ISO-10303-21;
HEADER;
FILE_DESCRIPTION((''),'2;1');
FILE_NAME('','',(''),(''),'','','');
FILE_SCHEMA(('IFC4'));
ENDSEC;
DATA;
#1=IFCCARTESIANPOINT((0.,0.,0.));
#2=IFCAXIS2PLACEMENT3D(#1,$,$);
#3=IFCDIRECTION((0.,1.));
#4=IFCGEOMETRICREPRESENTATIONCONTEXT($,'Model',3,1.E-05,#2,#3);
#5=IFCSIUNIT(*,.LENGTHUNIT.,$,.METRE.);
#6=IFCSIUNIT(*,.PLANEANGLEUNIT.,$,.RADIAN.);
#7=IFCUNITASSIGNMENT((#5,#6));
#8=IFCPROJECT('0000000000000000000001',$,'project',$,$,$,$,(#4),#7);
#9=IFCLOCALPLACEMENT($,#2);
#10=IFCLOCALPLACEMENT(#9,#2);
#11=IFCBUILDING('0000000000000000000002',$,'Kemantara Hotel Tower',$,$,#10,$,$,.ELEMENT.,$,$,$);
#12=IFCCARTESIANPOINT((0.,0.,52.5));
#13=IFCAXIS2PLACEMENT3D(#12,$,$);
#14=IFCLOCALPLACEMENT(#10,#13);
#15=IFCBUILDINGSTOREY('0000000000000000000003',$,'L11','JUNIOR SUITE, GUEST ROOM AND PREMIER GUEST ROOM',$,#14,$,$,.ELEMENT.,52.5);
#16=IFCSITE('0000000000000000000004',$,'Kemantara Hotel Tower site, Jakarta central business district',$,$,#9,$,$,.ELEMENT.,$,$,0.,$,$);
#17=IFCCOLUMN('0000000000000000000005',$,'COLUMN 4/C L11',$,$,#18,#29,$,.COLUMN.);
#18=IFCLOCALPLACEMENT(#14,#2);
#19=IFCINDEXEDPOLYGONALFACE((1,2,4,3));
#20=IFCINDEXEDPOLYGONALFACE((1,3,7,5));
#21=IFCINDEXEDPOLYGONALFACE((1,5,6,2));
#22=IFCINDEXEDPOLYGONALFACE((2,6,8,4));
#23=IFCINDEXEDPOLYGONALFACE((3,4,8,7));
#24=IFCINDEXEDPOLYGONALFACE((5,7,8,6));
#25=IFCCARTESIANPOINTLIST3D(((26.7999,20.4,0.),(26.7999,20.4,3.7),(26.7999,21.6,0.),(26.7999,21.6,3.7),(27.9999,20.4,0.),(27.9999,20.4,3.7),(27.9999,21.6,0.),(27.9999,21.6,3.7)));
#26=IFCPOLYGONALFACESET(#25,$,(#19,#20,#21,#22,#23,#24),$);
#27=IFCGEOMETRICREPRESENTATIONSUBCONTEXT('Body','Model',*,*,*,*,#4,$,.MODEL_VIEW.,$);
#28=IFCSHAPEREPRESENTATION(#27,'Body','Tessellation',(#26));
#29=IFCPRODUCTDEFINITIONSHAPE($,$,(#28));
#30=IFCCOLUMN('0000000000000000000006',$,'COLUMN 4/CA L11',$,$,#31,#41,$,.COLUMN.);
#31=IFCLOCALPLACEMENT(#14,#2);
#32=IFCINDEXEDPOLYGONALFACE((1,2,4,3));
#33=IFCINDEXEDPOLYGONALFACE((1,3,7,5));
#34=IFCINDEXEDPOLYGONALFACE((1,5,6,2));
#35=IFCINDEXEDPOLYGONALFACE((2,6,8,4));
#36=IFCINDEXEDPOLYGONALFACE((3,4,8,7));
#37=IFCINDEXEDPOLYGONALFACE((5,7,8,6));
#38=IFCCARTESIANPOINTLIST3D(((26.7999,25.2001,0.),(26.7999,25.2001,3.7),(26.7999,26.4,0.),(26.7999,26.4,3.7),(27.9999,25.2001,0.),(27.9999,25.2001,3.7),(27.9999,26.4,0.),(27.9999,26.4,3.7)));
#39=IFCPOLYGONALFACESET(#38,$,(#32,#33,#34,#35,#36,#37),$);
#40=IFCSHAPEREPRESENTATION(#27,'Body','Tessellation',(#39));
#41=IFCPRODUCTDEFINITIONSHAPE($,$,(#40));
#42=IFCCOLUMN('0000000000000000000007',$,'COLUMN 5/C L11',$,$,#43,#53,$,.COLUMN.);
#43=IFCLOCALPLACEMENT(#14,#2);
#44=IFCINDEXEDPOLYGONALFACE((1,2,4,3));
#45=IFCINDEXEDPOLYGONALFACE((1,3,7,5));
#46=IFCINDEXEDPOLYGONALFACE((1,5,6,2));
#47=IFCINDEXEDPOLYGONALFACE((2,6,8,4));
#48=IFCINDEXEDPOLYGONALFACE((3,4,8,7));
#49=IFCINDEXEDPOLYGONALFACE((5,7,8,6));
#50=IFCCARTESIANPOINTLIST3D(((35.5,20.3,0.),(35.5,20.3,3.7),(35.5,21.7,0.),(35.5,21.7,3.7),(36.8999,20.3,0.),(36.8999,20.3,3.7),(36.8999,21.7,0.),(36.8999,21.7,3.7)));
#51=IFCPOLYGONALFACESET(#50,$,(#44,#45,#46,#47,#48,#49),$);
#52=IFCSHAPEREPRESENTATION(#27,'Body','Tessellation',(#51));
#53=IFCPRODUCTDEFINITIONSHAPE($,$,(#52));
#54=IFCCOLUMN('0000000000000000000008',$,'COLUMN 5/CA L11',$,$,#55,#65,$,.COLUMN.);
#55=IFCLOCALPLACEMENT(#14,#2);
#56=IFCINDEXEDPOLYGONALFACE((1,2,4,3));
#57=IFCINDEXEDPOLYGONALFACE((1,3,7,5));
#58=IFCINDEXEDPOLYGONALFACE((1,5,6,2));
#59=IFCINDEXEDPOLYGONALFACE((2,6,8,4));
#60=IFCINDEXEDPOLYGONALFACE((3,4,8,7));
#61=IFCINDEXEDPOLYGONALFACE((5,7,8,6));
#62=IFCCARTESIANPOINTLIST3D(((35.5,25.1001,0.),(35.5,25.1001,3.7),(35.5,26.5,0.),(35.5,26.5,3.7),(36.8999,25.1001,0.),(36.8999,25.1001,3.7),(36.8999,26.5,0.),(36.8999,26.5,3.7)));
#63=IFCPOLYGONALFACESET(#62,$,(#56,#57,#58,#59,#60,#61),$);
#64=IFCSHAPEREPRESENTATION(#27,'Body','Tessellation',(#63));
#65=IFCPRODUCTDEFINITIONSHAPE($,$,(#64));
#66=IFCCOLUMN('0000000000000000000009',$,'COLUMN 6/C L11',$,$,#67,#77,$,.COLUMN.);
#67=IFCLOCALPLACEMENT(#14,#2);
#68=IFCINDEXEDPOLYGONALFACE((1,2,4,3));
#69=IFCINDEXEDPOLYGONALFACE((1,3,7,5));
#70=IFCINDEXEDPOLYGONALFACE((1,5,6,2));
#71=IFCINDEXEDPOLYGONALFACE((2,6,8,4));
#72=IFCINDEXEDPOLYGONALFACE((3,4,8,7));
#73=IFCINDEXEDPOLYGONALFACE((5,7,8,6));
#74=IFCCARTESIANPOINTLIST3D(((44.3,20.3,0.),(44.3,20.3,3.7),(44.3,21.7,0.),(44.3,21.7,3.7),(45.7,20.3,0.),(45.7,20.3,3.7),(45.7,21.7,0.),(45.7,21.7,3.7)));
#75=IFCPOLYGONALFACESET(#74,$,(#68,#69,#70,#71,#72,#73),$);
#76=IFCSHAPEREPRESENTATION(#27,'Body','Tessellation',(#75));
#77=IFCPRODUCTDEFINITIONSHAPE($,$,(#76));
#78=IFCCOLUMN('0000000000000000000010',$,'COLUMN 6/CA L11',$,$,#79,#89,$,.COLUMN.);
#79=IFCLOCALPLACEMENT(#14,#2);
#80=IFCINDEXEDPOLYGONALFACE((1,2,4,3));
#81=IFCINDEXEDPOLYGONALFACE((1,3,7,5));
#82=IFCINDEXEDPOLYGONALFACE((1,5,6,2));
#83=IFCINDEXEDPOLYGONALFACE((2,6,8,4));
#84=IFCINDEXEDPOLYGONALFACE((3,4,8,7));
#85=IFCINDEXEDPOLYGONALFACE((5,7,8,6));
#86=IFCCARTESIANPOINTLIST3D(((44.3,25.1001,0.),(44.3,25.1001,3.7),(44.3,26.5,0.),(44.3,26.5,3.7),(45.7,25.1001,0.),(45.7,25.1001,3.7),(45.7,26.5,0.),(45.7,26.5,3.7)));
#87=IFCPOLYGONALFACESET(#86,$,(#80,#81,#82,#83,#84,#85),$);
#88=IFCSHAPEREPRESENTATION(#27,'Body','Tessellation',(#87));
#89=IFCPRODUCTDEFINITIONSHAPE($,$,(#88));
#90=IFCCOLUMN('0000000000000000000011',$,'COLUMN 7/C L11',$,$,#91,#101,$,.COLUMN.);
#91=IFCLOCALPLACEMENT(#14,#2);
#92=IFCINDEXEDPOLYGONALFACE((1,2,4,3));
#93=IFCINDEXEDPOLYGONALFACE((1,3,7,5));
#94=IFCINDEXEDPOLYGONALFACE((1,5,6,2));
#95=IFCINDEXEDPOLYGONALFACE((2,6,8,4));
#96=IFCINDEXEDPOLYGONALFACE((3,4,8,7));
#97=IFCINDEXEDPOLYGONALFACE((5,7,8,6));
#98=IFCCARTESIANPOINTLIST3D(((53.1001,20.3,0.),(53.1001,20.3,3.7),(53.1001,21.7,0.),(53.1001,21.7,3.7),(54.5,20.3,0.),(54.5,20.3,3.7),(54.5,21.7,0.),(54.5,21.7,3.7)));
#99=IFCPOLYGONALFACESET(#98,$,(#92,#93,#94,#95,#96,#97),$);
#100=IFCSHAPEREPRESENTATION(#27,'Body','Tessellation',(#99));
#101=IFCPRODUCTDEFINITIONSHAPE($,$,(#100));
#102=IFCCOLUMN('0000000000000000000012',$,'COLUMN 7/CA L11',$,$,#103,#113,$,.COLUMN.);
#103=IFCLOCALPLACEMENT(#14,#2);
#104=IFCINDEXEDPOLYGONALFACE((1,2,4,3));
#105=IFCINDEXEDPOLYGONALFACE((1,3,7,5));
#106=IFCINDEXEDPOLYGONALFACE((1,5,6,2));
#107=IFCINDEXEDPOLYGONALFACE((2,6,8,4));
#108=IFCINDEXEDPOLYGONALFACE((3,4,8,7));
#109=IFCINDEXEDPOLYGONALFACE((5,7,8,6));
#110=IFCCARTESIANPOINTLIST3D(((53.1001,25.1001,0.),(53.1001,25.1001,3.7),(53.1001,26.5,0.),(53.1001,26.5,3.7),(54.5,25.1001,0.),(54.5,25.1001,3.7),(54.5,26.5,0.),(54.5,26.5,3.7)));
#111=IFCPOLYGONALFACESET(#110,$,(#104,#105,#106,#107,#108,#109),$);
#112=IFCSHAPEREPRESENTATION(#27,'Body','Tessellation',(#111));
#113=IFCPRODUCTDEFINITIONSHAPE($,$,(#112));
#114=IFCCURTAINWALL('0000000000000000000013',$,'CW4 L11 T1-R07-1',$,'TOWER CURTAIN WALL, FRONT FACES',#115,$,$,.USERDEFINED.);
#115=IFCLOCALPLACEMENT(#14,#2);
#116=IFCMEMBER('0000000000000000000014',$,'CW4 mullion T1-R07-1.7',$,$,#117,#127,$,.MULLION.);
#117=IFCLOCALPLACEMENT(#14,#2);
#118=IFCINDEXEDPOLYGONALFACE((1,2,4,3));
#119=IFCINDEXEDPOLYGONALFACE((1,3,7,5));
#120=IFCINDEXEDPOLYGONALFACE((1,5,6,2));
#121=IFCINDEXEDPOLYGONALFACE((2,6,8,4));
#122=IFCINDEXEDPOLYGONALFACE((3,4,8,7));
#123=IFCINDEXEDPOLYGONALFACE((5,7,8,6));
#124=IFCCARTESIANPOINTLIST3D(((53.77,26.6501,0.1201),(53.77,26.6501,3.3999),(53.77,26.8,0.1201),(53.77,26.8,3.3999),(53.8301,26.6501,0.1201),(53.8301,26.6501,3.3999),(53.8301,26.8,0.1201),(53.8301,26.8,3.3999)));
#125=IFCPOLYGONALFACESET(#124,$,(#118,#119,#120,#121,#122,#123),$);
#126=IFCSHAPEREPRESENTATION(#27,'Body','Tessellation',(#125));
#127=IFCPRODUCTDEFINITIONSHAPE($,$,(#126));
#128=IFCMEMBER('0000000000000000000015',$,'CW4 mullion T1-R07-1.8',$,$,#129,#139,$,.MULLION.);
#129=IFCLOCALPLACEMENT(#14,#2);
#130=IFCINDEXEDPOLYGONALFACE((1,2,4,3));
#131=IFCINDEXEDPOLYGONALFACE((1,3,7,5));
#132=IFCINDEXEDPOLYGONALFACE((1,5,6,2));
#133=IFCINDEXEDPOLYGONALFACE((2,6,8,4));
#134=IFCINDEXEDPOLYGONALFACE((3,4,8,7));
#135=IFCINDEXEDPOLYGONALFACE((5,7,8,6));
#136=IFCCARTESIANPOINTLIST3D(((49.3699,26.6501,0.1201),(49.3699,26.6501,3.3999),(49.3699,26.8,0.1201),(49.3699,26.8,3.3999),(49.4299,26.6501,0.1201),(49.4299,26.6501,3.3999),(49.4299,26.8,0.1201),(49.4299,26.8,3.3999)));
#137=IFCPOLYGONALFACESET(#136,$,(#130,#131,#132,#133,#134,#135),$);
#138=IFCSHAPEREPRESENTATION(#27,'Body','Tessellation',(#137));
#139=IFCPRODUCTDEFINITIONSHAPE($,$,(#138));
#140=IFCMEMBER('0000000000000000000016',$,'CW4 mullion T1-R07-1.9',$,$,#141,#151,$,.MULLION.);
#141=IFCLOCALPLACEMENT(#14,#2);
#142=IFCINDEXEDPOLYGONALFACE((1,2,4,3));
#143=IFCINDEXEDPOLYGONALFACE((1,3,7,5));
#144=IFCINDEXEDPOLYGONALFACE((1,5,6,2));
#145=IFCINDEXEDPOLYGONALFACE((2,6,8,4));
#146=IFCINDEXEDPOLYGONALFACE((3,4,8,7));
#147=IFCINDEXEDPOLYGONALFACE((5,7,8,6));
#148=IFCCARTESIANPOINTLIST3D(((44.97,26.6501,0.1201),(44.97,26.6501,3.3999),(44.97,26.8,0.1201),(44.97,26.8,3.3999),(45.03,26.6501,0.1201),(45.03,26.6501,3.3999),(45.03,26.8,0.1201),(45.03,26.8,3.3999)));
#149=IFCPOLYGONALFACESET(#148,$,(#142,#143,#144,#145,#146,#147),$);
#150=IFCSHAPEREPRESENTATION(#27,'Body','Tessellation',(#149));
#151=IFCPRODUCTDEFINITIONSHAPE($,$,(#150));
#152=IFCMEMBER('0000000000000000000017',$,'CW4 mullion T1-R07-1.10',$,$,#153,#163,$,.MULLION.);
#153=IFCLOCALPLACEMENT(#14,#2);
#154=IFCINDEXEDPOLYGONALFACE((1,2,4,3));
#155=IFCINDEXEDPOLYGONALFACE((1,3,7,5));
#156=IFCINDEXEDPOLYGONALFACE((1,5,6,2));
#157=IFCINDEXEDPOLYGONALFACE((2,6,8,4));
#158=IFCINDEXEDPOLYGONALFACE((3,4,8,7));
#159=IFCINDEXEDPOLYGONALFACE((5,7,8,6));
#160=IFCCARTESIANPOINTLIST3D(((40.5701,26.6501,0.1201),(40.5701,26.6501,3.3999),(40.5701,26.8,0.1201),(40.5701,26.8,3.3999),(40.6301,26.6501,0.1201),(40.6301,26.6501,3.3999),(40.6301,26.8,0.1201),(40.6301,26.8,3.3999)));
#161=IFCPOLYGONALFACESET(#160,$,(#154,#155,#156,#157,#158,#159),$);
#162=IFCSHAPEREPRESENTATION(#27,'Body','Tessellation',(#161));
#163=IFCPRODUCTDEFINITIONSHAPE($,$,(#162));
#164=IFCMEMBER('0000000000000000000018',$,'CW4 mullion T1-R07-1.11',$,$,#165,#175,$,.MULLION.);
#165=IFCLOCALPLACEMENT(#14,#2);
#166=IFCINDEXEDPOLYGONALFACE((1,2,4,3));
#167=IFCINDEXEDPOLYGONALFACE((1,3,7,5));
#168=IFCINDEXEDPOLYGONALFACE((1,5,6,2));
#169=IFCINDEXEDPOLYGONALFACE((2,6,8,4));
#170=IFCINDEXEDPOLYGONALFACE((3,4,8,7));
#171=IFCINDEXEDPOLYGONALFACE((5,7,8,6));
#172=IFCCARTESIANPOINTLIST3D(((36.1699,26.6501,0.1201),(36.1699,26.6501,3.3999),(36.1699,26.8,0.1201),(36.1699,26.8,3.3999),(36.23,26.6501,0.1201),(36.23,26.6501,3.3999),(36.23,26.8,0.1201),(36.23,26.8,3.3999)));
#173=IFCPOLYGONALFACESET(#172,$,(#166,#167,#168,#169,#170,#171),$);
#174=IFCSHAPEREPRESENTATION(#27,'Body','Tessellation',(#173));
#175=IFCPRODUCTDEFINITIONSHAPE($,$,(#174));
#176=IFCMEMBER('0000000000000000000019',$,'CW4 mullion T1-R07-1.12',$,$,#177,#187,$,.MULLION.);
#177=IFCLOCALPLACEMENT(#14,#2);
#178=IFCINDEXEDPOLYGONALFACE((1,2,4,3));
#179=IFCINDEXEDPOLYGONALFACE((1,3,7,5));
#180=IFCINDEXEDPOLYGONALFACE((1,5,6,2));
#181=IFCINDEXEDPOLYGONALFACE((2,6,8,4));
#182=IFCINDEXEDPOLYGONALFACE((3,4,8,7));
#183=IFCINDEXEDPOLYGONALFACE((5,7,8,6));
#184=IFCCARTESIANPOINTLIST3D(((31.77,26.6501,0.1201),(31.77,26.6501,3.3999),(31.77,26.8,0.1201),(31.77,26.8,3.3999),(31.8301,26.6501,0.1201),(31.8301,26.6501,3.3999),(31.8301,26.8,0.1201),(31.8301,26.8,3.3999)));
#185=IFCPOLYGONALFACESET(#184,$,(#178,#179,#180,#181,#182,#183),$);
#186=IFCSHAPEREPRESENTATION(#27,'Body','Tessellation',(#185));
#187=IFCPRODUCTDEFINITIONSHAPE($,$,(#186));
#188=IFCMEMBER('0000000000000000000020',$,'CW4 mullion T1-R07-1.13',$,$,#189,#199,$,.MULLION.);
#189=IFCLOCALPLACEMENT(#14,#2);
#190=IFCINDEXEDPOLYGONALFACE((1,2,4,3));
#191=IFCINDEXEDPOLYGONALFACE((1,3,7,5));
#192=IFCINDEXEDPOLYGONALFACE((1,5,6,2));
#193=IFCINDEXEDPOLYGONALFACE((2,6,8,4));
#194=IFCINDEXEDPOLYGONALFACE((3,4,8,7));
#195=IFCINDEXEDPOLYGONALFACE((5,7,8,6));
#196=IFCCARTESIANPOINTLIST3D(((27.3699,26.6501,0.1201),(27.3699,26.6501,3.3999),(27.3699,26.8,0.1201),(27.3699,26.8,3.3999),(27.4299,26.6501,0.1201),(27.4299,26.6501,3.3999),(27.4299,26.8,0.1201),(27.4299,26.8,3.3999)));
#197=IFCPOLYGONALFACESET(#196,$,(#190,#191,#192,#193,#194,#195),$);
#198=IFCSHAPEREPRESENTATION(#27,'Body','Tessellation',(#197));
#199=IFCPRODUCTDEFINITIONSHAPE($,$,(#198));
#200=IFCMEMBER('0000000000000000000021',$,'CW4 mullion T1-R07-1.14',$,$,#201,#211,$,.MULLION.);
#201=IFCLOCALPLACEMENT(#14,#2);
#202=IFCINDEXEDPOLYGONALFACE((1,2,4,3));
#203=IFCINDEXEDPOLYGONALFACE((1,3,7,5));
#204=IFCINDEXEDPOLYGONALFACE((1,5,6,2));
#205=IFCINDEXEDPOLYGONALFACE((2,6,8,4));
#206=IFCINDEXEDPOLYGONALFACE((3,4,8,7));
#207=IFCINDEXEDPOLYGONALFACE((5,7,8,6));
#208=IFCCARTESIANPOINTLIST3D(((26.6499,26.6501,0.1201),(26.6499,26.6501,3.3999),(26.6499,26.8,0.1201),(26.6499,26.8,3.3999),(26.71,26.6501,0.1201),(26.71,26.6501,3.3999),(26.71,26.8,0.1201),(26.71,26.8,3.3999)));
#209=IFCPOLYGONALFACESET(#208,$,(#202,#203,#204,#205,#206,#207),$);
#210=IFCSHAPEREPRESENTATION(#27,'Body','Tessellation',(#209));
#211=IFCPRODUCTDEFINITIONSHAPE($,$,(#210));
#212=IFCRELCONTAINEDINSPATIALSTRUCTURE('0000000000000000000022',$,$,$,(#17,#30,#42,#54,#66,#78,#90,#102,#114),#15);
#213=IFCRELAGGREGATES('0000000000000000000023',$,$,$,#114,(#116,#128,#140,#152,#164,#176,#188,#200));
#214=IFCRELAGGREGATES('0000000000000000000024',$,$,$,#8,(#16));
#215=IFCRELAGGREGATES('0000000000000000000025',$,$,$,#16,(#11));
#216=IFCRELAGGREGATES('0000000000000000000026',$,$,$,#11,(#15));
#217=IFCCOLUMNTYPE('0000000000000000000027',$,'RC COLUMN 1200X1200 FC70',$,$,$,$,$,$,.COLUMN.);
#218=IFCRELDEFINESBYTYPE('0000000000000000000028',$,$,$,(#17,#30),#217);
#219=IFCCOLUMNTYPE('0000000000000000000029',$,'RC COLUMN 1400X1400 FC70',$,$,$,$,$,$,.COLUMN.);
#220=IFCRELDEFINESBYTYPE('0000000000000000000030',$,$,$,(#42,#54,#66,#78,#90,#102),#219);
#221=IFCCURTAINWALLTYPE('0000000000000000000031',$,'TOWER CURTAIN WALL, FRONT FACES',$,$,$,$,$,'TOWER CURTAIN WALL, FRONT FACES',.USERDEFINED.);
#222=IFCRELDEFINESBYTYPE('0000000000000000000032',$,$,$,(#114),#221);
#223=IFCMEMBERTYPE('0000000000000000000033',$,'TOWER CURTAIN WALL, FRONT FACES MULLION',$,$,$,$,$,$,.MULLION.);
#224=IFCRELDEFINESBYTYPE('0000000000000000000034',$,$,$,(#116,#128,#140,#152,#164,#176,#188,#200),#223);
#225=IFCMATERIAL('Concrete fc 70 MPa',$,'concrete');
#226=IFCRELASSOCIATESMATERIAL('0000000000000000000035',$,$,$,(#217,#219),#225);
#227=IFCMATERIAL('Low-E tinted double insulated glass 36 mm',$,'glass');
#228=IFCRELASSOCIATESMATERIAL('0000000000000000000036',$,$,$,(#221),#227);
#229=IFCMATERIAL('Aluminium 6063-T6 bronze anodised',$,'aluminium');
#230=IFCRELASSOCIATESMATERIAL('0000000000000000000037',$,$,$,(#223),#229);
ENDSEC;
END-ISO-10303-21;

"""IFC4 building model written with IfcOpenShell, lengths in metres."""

from ifc_helpers import new_model, si_unit, direction, frame, origin, origin_2d, place, context, subcontext, project, spatial, rectangle, extrude, source, transform, mapped, material, material_profile, profile_set, type_object, element, aggregate, save


model = new_model("IFC4")

# Units and contexts
model_context = context("Model", 3, precision=1e-05, world=origin(), true_north=direction((0.0, 1.0)))
body_context = subcontext(model_context, "Body", "Model", "MODEL_VIEW")
ifc_project = project(units=[si_unit("LENGTHUNIT", "METRE"), si_unit("PLANEANGLEUNIT", "RADIAN")], contexts=[model_context])

# Site, building, storey
site_placement = place(None, origin())
site = spatial("IfcSite", under=ifc_project, at=site_placement, Name="Kemantara Hotel Tower site, Jakarta central business district", CompositionType="ELEMENT", RefElevation=0.0)
building_placement = place(site_placement, origin())
building = spatial("IfcBuilding", under=site, at=building_placement, Name="Kemantara Hotel Tower", CompositionType="ELEMENT")
storey_placement = place(building_placement, frame((0.0, 0.0, 52.5)))
storey = spatial("IfcBuildingStorey", under=building, at=storey_placement, Name="L11", Description="JUNIOR SUITE, GUEST ROOM AND PREMIER GUEST ROOM", CompositionType="ELEMENT", Elevation=52.5)

# Columns
ifc_material_1 = material(Name="Concrete fc 70 MPa", Category="concrete")
ifc_material_profile_1 = material_profile(ifc_material_1, rectangle(XDim=1.2, YDim=1.2, at=origin_2d()), Name="RC 1200X1200")
ifc_profile_set_1 = profile_set([ifc_material_profile_1], Name="Concrete fc 70 MPa")
column_type_1 = type_object("IfcColumnType", Name="RC COLUMN 1200X1200 FC70", PredefinedType="COLUMN", material=ifc_profile_set_1)
for number, where, z_axis, x_axis, name in (
    (1, (27.3999, 21.0, 0.0), (0.0, 0.0, 1.0), (1.0, 0.0, 0.0), "COLUMN 4/C L11"),
    (2, (27.3999, 25.8, 0.0), (0.0, 0.0, 1.0), (1.0, 0.0, 0.0), "COLUMN 4/CA L11"),
):
    element("IfcColumn", number, at=place(storey_placement, frame(where, z_axis=z_axis, x_axis=x_axis)), inside=storey, type_object=column_type_1, Name=name, PredefinedType="COLUMN", context=body_context, shape_type="SweptSolid", body=[
        extrude(rectangle(XDim=1.2, YDim=1.2, at=origin_2d()), origin(), (0.0, 0.0, 1.0), 3.7),
    ])
ifc_material_profile_2 = material_profile(ifc_material_1, rectangle(XDim=1.3999, YDim=1.3999, at=origin_2d()), Name="RC 1400X1400")
ifc_profile_set_2 = profile_set([ifc_material_profile_2], Name="Concrete fc 70 MPa")
column_type_2 = type_object("IfcColumnType", Name="RC COLUMN 1400X1400 FC70", PredefinedType="COLUMN", material=ifc_profile_set_2)
for number, where, z_axis, x_axis, name in (
    (3, (36.2, 21.0, 0.0), (0.0, 0.0, 1.0), (1.0, 0.0, 0.0), "COLUMN 5/C L11"),
    (4, (36.2, 25.8, 0.0), (0.0, 0.0, 1.0), (1.0, 0.0, 0.0), "COLUMN 5/CA L11"),
    (5, (45.0, 21.0, 0.0), (0.0, 0.0, 1.0), (1.0, 0.0, 0.0), "COLUMN 6/C L11"),
    (6, (45.0, 25.8, 0.0), (0.0, 0.0, 1.0), (1.0, 0.0, 0.0), "COLUMN 6/CA L11"),
    (7, (53.8, 21.0, 0.0), (0.0, 0.0, 1.0), (1.0, 0.0, 0.0), "COLUMN 7/C L11"),
    (8, (53.8, 25.8, 0.0), (0.0, 0.0, 1.0), (1.0, 0.0, 0.0), "COLUMN 7/CA L11"),
):
    element("IfcColumn", number, at=place(storey_placement, frame(where, z_axis=z_axis, x_axis=x_axis)), inside=storey, type_object=column_type_2, Name=name, PredefinedType="COLUMN", context=body_context, shape_type="SweptSolid", body=[
        extrude(rectangle(XDim=1.3999, YDim=1.3999, at=origin_2d()), origin(), (0.0, 0.0, 1.0), 3.7),
    ])

# Curtain wall, members
ifc_material_2 = material(Name="Low-E tinted double insulated glass 36 mm", Category="glass")
curtain_wall_type = type_object("IfcCurtainWallType", Name="TOWER CURTAIN WALL, FRONT FACES", ElementType="TOWER CURTAIN WALL, FRONT FACES", PredefinedType="USERDEFINED", material=ifc_material_2)
curtain_wall_placement = place(storey_placement, origin())
curtain_wall = element("IfcCurtainWall", 9, at=curtain_wall_placement, inside=storey, type_object=curtain_wall_type, Name="CW4 L11 T1-R07-1", ObjectType="TOWER CURTAIN WALL, FRONT FACES", PredefinedType="USERDEFINED")
ifc_material_3 = material(Name="Aluminium 6063-T6 bronze anodised", Category="aluminium")
ifc_material_profile_3 = material_profile(ifc_material_3, rectangle(XDim=0.1499, YDim=0.0601, at=origin_2d()), Name="TOWER CURTAIN WALL, FRONT FACES MULLION")
ifc_profile_set_3 = profile_set([ifc_material_profile_3], Name="Aluminium 6063-T6 bronze anodised")
member_type = type_object("IfcMemberType", Name="TOWER CURTAIN WALL, FRONT FACES MULLION", PredefinedType="MULLION", material=ifc_profile_set_3)
shared_shape_1 = source(origin(), body_context, "Body", "SweptSolid", [
    extrude(rectangle(XDim=0.1499, YDim=0.0601, at=origin_2d()), origin(), (0.0, 0.0, 1.0), 3.2798),
])
member_1_placement = place(storey_placement, frame((53.8, 26.7251, 0.1201), z_axis=(0.0, 0.0, 1.0), x_axis=(0.0, -1.0, 0.0)))
member_1 = element("IfcMember", 10, at=member_1_placement, type_object=member_type, Name="CW4 mullion T1-R07-1.7", PredefinedType="MULLION", context=body_context, shape_type="MappedRepresentation", body=[
    mapped(shared_shape_1, transform((0.0, 0.0, 0.0))),
])
member_2_placement = place(storey_placement, frame((49.3999, 26.7251, 0.1201), z_axis=(0.0, 0.0, 1.0), x_axis=(0.0, -1.0, 0.0)))
member_2 = element("IfcMember", 11, at=member_2_placement, type_object=member_type, Name="CW4 mullion T1-R07-1.8", PredefinedType="MULLION", context=body_context, shape_type="MappedRepresentation", body=[
    mapped(shared_shape_1, transform((0.0, 0.0, 0.0))),
])
member_3_placement = place(storey_placement, frame((45.0, 26.7251, 0.1201), z_axis=(0.0, 0.0, 1.0), x_axis=(0.0, -1.0, 0.0)))
member_3 = element("IfcMember", 12, at=member_3_placement, type_object=member_type, Name="CW4 mullion T1-R07-1.9", PredefinedType="MULLION", context=body_context, shape_type="MappedRepresentation", body=[
    mapped(shared_shape_1, transform((0.0, 0.0, 0.0))),
])
member_4_placement = place(storey_placement, frame((40.6001, 26.7251, 0.1201), z_axis=(0.0, 0.0, 1.0), x_axis=(0.0, -1.0, 0.0)))
member_4 = element("IfcMember", 13, at=member_4_placement, type_object=member_type, Name="CW4 mullion T1-R07-1.10", PredefinedType="MULLION", context=body_context, shape_type="MappedRepresentation", body=[
    mapped(shared_shape_1, transform((0.0, 0.0, 0.0))),
])
member_5_placement = place(storey_placement, frame((36.2, 26.7251, 0.1201), z_axis=(0.0, 0.0, 1.0), x_axis=(0.0, -1.0, 0.0)))
member_5 = element("IfcMember", 14, at=member_5_placement, type_object=member_type, Name="CW4 mullion T1-R07-1.11", PredefinedType="MULLION", context=body_context, shape_type="MappedRepresentation", body=[
    mapped(shared_shape_1, transform((0.0, 0.0, 0.0))),
])
member_6_placement = place(storey_placement, frame((31.8, 26.7251, 0.1201), z_axis=(0.0, 0.0, 1.0), x_axis=(0.0, -1.0, 0.0)))
member_6 = element("IfcMember", 15, at=member_6_placement, type_object=member_type, Name="CW4 mullion T1-R07-1.12", PredefinedType="MULLION", context=body_context, shape_type="MappedRepresentation", body=[
    mapped(shared_shape_1, transform((0.0, 0.0, 0.0))),
])
member_7_placement = place(storey_placement, frame((27.3999, 26.7251, 0.1201), z_axis=(0.0, 0.0, 1.0), x_axis=(0.0, -1.0, 0.0)))
member_7 = element("IfcMember", 16, at=member_7_placement, type_object=member_type, Name="CW4 mullion T1-R07-1.13", PredefinedType="MULLION", context=body_context, shape_type="MappedRepresentation", body=[
    mapped(shared_shape_1, transform((0.0, 0.0, 0.0))),
])
member_8_placement = place(storey_placement, frame((26.6799, 26.7251, 0.1201), z_axis=(0.0, 0.0, 1.0), x_axis=(0.0, -1.0, 0.0)))
member_8 = element("IfcMember", 17, at=member_8_placement, type_object=member_type, Name="CW4 mullion T1-R07-1.14", PredefinedType="MULLION", context=body_context, shape_type="MappedRepresentation", body=[
    mapped(shared_shape_1, transform((0.0, 0.0, 0.0))),
])
aggregate(curtain_wall, [member_1, member_2, member_3, member_4, member_5, member_6, member_7, member_8])

save(model, "model.ifc")
